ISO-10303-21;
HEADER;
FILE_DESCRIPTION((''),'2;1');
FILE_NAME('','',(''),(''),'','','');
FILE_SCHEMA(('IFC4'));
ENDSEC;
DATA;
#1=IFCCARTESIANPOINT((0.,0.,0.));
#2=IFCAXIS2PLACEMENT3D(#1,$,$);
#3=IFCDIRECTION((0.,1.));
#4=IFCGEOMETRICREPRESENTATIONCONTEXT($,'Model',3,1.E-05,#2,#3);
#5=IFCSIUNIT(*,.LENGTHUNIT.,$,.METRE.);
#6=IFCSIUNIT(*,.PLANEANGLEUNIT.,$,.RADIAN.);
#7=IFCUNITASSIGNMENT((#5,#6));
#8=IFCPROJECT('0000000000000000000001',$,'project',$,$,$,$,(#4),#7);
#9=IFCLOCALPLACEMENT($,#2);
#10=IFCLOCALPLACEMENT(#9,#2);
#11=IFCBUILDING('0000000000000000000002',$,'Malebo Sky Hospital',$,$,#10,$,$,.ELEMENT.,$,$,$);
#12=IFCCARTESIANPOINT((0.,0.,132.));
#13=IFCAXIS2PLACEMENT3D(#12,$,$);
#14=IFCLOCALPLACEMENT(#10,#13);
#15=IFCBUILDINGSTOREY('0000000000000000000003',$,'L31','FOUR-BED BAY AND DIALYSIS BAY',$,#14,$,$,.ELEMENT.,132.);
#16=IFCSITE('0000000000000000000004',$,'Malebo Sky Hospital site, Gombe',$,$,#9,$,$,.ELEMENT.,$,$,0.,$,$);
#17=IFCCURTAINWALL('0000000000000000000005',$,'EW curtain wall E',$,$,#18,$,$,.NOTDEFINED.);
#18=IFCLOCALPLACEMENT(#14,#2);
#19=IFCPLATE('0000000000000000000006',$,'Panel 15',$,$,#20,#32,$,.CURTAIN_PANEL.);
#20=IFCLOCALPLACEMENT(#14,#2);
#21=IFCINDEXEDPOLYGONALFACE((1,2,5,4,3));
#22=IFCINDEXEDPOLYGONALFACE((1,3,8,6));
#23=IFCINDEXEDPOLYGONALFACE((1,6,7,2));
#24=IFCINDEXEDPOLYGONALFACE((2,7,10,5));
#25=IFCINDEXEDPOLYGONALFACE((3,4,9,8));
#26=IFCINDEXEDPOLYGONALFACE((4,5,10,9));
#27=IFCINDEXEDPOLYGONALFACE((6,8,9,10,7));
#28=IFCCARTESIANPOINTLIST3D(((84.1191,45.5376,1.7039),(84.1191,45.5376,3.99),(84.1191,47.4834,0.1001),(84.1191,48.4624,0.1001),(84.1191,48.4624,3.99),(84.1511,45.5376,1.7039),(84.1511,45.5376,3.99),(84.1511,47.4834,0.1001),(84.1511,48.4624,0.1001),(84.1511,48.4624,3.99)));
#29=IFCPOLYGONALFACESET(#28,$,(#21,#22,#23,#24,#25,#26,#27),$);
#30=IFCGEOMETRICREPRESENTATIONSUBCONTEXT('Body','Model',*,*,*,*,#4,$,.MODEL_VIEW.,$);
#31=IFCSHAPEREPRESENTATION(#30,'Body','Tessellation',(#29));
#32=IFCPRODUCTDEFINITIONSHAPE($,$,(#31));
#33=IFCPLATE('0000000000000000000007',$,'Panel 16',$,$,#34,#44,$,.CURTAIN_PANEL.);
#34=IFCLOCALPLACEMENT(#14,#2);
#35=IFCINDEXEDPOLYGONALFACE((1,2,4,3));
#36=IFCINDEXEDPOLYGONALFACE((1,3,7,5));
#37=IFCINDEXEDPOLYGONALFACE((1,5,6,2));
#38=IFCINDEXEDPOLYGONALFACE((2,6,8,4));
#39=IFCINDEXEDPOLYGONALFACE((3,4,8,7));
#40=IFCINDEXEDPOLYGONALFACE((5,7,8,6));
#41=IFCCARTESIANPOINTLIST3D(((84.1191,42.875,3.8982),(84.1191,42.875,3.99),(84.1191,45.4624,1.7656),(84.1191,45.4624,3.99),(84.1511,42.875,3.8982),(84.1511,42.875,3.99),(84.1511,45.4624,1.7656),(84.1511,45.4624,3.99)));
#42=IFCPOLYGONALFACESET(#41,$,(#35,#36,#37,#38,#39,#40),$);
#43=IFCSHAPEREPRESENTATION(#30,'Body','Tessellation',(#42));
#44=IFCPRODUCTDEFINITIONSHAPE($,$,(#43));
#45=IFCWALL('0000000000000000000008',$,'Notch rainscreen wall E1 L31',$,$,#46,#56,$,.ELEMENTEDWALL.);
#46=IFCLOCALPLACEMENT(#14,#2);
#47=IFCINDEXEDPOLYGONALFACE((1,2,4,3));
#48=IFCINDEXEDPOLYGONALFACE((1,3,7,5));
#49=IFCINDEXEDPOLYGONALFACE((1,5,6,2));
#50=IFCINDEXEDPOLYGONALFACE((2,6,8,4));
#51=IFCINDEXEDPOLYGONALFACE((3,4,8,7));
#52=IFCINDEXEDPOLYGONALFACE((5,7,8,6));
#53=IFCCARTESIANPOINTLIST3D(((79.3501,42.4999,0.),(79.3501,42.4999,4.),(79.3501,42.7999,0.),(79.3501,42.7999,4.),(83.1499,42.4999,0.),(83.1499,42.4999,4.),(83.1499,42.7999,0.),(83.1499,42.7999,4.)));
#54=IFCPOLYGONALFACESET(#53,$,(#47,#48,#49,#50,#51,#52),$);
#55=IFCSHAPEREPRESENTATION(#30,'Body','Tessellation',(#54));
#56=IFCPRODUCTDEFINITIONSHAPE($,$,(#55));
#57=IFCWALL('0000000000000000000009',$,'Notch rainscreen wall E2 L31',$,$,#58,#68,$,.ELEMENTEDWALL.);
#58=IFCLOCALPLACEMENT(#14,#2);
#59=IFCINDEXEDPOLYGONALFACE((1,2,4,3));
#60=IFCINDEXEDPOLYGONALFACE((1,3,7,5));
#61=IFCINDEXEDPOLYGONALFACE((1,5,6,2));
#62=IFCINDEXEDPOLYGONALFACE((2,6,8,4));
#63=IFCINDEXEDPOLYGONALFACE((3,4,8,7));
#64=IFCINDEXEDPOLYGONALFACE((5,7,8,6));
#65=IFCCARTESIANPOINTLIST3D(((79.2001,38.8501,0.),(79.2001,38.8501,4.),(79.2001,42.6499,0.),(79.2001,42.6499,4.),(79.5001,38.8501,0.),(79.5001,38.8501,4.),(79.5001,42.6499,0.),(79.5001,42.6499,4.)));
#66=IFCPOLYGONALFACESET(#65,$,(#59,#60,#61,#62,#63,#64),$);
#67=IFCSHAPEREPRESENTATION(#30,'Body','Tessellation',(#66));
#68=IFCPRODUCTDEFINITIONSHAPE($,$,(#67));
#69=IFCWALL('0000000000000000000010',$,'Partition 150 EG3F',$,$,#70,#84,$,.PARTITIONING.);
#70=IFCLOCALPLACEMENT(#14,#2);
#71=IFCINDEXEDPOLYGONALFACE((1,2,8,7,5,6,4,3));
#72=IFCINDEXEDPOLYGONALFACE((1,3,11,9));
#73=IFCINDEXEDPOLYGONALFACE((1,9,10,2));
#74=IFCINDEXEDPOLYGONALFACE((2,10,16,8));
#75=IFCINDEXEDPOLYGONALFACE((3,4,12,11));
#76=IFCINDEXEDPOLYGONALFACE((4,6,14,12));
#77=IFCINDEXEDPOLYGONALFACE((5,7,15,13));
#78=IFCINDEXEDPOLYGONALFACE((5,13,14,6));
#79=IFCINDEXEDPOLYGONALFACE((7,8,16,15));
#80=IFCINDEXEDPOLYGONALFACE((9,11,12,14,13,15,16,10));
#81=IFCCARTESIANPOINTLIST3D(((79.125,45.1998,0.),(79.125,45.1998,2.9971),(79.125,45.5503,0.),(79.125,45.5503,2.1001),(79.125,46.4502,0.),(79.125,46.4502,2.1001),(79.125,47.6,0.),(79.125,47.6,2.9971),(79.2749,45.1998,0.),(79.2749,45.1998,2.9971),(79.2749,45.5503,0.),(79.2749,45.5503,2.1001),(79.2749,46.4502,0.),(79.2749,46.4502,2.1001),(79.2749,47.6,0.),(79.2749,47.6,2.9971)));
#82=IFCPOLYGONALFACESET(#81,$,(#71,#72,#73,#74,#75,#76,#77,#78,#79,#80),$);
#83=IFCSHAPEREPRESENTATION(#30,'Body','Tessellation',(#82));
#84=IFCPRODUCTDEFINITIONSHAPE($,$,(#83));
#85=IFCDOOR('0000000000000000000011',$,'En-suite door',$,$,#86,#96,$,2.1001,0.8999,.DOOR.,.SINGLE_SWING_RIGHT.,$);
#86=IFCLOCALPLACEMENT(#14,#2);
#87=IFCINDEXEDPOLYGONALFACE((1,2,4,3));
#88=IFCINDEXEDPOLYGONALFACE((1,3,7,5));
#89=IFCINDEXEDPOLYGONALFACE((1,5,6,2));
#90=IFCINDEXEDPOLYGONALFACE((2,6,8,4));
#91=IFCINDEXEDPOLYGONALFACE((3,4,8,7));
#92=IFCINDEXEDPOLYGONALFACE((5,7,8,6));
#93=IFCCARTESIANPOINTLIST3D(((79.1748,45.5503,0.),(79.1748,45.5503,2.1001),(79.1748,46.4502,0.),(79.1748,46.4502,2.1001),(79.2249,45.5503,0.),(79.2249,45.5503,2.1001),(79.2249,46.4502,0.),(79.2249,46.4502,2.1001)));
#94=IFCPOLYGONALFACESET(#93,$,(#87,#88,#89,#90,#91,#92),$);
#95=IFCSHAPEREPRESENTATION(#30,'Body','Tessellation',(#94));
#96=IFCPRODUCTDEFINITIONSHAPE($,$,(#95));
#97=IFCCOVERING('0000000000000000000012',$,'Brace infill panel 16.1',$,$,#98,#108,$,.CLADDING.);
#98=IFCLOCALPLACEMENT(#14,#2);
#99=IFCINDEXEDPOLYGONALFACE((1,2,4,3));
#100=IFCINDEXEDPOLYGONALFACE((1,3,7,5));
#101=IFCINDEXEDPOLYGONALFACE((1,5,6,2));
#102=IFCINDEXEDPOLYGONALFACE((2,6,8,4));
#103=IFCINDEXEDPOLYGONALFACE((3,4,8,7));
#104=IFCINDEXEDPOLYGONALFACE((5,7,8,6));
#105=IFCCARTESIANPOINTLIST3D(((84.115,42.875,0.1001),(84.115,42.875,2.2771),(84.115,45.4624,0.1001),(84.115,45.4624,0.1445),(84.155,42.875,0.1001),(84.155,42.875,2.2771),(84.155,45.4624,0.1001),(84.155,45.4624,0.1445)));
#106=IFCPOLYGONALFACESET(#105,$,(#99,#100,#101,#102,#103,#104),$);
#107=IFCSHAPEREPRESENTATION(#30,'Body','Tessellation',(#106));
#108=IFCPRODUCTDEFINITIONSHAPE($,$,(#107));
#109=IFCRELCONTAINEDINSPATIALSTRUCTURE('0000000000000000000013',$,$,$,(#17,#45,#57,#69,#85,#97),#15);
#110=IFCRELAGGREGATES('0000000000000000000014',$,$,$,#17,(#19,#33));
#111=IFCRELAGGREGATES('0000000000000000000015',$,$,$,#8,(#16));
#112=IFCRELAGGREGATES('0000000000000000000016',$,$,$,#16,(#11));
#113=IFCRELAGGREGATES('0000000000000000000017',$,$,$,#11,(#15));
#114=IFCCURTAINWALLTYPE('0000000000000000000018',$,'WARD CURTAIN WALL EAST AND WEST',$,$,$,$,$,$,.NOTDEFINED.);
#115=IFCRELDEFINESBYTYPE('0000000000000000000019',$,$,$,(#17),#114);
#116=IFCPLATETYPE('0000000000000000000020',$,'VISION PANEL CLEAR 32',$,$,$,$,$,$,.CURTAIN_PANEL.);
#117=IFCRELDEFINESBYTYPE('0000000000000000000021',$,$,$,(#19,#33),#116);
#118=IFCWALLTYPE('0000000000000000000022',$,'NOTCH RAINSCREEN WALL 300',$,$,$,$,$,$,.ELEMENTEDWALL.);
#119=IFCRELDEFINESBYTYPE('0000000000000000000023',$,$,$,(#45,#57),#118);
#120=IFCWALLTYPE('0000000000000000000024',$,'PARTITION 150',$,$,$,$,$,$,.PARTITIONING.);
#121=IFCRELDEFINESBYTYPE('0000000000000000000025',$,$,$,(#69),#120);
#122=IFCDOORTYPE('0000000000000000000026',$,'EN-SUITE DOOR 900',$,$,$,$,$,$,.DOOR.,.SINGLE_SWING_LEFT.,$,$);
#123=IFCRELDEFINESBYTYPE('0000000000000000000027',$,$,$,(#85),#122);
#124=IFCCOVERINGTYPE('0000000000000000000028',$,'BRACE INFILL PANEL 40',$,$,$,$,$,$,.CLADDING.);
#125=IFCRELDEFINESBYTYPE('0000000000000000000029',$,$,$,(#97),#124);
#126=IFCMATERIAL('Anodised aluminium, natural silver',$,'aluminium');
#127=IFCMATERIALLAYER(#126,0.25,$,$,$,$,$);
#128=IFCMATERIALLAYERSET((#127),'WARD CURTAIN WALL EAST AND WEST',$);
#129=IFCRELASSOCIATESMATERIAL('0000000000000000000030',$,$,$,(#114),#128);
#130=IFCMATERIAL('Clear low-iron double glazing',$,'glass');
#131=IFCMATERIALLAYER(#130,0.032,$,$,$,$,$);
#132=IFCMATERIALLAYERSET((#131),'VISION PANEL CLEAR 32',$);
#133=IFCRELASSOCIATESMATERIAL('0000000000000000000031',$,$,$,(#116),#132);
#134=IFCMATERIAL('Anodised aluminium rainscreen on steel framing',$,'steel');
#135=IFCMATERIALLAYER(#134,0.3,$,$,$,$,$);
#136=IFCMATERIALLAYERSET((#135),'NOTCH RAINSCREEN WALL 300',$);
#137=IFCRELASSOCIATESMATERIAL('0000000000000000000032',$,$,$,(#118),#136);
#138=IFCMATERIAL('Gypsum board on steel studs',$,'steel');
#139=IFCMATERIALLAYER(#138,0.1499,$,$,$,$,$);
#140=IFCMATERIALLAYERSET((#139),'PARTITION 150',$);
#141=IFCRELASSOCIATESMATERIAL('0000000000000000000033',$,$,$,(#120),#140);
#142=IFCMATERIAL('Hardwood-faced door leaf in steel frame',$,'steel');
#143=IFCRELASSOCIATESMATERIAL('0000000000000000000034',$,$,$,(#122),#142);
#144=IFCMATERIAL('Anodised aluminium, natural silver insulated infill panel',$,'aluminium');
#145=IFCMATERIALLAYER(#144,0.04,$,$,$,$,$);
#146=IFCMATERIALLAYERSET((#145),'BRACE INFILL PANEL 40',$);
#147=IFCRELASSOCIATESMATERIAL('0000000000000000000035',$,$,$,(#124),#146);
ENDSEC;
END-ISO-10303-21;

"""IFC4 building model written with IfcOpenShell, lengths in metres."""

from ifc_helpers import new_model, si_unit, direction, frame, frame_2d, origin, place, context, subcontext, project, spatial, polyline, rectangle, outline, extrude, material, layer, layer_set, type_object, element, fill, aggregate, save


model = new_model("IFC4")

# Units and contexts
model_context = context("Model", 3, precision=1e-05, world=origin(), true_north=direction((0.0, 1.0)))
body_context = subcontext(model_context, "Body", "Model", "MODEL_VIEW")
ifc_project = project(units=[si_unit("LENGTHUNIT", "METRE"), si_unit("PLANEANGLEUNIT", "RADIAN")], contexts=[model_context])

# Site, building, storey
site_placement = place(None, origin())
site = spatial("IfcSite", under=ifc_project, at=site_placement, Name="Malebo Sky Hospital site, Gombe", CompositionType="ELEMENT", RefElevation=0.0)
building_placement = place(site_placement, origin())
building = spatial("IfcBuilding", under=site, at=building_placement, Name="Malebo Sky Hospital", CompositionType="ELEMENT")
storey_placement = place(building_placement, frame((0.0, 0.0, 132.0)))
storey = spatial("IfcBuildingStorey", under=building, at=storey_placement, Name="L31", Description="FOUR-BED BAY AND DIALYSIS BAY", CompositionType="ELEMENT", Elevation=132.0)

# Curtain wall
ifc_material_1 = material(Name="Anodised aluminium, natural silver", Category="aluminium")
ifc_layer_1 = layer(ifc_material_1, 0.25)
ifc_layer_set_1 = layer_set([ifc_layer_1], Name="WARD CURTAIN WALL EAST AND WEST")
curtain_wall_type = type_object("IfcCurtainWallType", Name="WARD CURTAIN WALL EAST AND WEST", PredefinedType="NOTDEFINED", material=ifc_layer_set_1)
curtain_wall_placement = place(storey_placement, origin())
curtain_wall = element("IfcCurtainWall", 1, at=curtain_wall_placement, inside=storey, type_object=curtain_wall_type, Name="EW curtain wall E", PredefinedType="NOTDEFINED")

# Plates
ifc_material_2 = material(Name="Clear low-iron double glazing", Category="glass")
ifc_layer_2 = layer(ifc_material_2, 0.032)
ifc_layer_set_2 = layer_set([ifc_layer_2], Name="VISION PANEL CLEAR 32")
plate_type = type_object("IfcPlateType", Name="VISION PANEL CLEAR 32", PredefinedType="CURTAIN_PANEL", material=ifc_layer_set_2)
plate_1_placement = place(storey_placement, frame((84.135, 47.0, 0.1001), z_axis=(0.0, 0.0, 1.0), x_axis=(0.0, -1.0, 0.0)))
plate_1 = element("IfcPlate", 2, at=plate_1_placement, type_object=plate_type, Name="Panel 15", PredefinedType="CURTAIN_PANEL", context=body_context, shape_type="SweptSolid", body=[
    extrude(outline(polyline([(-1.4624, 0.0), (-0.4834, 0.0), (1.4624, 1.6038), (1.4624, 3.8899), (-1.4624, 3.8899), (-1.4624, 0.0)])), frame((0.0, 0.0161, 0.0), z_axis=(0.0, -1.0, 0.0), x_axis=(1.0, 0.0, 0.0)), (0.0, 0.0, 1.0), 0.032),
])
plate_2_placement = place(storey_placement, frame((84.135, 44.1687, 1.7656), z_axis=(0.0, 0.0, 1.0), x_axis=(0.0, -1.0, 0.0)))
plate_2 = element("IfcPlate", 3, at=plate_2_placement, type_object=plate_type, Name="Panel 16", PredefinedType="CURTAIN_PANEL", context=body_context, shape_type="SweptSolid", body=[
    extrude(outline(polyline([(-1.2937, 0.0), (1.2937, 2.1326), (1.2937, 2.2244), (-1.2937, 2.2244), (-1.2937, 0.0)])), frame((0.0, 0.0161, 0.0), z_axis=(0.0, -1.0, 0.0), x_axis=(1.0, 0.0, 0.0)), (0.0, 0.0, 1.0), 0.032),
])
aggregate(curtain_wall, [plate_1, plate_2])

# Walls
ifc_material_3 = material(Name="Anodised aluminium rainscreen on steel framing", Category="steel")
ifc_layer_3 = layer(ifc_material_3, 0.3)
ifc_layer_set_3 = layer_set([ifc_layer_3], Name="NOTCH RAINSCREEN WALL 300")
wall_type_1 = type_object("IfcWallType", Name="NOTCH RAINSCREEN WALL 300", PredefinedType="ELEMENTEDWALL", material=ifc_layer_set_3)
for number, where, z_axis, x_axis, name in (
    (4, (83.1499, 42.6499, 0.0), (0.0, 0.0, 1.0), (-1.0, 0.0, 0.0), "Notch rainscreen wall E1 L31"),
    (5, (79.3501, 42.6499, 0.0), (0.0, 0.0, 1.0), (0.0, -1.0, 0.0), "Notch rainscreen wall E2 L31"),
):
    element("IfcWall", number, at=place(storey_placement, frame(where, z_axis=z_axis, x_axis=x_axis)), inside=storey, type_object=wall_type_1, Name=name, PredefinedType="ELEMENTEDWALL", context=body_context, shape_type="SweptSolid", body=[
        extrude(rectangle(XDim=3.7998, YDim=0.3, at=frame_2d((1.8999, 0.0))), origin(), (0.0, 0.0, 1.0), 4.0),
    ])

# Wall, opening, door
ifc_material_4 = material(Name="Gypsum board on steel studs", Category="steel")
ifc_layer_4 = layer(ifc_material_4, 0.1499)
ifc_layer_set_4 = layer_set([ifc_layer_4], Name="PARTITION 150")
wall_type_2 = type_object("IfcWallType", Name="PARTITION 150", PredefinedType="PARTITIONING", material=ifc_layer_set_4)
wall_placement = place(storey_placement, frame((79.2, 47.6001, 0.0), z_axis=(0.0, 0.0, 1.0), x_axis=(0.0, -1.0, 0.0)))
wall = element("IfcWall", 6, at=wall_placement, inside=storey, type_object=wall_type_2, Name="Partition 150 EG3F", PredefinedType="PARTITIONING", context=body_context, shape_type="SweptSolid", body=[
    extrude(rectangle(XDim=2.4001, YDim=0.1499, at=frame_2d((1.2002, 0.0))), origin(), (0.0, 0.0, 1.0), 2.9971),
])
opening_placement = place(wall_placement, frame((1.1499, 0.0, 0.0)))
opening = element("IfcOpeningElement", 7, at=opening_placement, cuts=wall, PredefinedType="OPENING", context=body_context, shape_type="SweptSolid", body=[
    extrude(rectangle(XDim=0.8999, YDim=2.1001, at=frame_2d((0.45, 1.05))), frame((0.0, 0.085, 0.0), z_axis=(0.0, -1.0, 0.0), x_axis=(1.0, 0.0, 0.0)), (0.0, 0.0, 1.0), 0.1699),
])
ifc_material_5 = material(Name="Hardwood-faced door leaf in steel frame", Category="steel")
door_type = type_object("IfcDoorType", Name="EN-SUITE DOOR 900", OperationType="SINGLE_SWING_LEFT", PredefinedType="DOOR", material=ifc_material_5)
door_placement = place(opening_placement, origin())
door = element("IfcDoor", 8, at=door_placement, inside=storey, type_object=door_type, Name="En-suite door", OperationType="SINGLE_SWING_RIGHT", OverallHeight=2.1001, OverallWidth=0.8999, PredefinedType="DOOR", context=body_context, shape_type="SweptSolid", body=[
    extrude(rectangle(XDim=0.8999, YDim=2.1001, at=frame_2d((0.45, 1.05))), frame((0.0, 0.0249, 0.0), z_axis=(0.0, -1.0, 0.0), x_axis=(1.0, 0.0, 0.0)), (0.0, 0.0, 1.0), 0.05),
])
fill(opening, door)

# Covering
ifc_material_6 = material(Name="Anodised aluminium, natural silver insulated infill panel", Category="aluminium")
ifc_layer_5 = layer(ifc_material_6, 0.04)
ifc_layer_set_5 = layer_set([ifc_layer_5], Name="BRACE INFILL PANEL 40")
covering_type = type_object("IfcCoveringType", Name="BRACE INFILL PANEL 40", PredefinedType="CLADDING", material=ifc_layer_set_5)
covering_placement = place(storey_placement, frame((84.135, 44.1687, 0.1001), z_axis=(0.0, 0.0, 1.0), x_axis=(0.0, -1.0, 0.0)))
element("IfcCovering", 9, at=covering_placement, inside=storey, type_object=covering_type, Name="Brace infill panel 16.1", PredefinedType="CLADDING", context=body_context, shape_type="SweptSolid", body=[
    extrude(outline(polyline([(-1.2937, 0.0), (1.2937, 0.0), (1.2937, 2.177), (-1.2937, 0.0444), (-1.2937, 0.0)])), frame((0.0, 0.02, 0.0), z_axis=(0.0, -1.0, 0.0), x_axis=(1.0, 0.0, 0.0)), (0.0, 0.0, 1.0), 0.04),
])

save(model, "model.ifc")
